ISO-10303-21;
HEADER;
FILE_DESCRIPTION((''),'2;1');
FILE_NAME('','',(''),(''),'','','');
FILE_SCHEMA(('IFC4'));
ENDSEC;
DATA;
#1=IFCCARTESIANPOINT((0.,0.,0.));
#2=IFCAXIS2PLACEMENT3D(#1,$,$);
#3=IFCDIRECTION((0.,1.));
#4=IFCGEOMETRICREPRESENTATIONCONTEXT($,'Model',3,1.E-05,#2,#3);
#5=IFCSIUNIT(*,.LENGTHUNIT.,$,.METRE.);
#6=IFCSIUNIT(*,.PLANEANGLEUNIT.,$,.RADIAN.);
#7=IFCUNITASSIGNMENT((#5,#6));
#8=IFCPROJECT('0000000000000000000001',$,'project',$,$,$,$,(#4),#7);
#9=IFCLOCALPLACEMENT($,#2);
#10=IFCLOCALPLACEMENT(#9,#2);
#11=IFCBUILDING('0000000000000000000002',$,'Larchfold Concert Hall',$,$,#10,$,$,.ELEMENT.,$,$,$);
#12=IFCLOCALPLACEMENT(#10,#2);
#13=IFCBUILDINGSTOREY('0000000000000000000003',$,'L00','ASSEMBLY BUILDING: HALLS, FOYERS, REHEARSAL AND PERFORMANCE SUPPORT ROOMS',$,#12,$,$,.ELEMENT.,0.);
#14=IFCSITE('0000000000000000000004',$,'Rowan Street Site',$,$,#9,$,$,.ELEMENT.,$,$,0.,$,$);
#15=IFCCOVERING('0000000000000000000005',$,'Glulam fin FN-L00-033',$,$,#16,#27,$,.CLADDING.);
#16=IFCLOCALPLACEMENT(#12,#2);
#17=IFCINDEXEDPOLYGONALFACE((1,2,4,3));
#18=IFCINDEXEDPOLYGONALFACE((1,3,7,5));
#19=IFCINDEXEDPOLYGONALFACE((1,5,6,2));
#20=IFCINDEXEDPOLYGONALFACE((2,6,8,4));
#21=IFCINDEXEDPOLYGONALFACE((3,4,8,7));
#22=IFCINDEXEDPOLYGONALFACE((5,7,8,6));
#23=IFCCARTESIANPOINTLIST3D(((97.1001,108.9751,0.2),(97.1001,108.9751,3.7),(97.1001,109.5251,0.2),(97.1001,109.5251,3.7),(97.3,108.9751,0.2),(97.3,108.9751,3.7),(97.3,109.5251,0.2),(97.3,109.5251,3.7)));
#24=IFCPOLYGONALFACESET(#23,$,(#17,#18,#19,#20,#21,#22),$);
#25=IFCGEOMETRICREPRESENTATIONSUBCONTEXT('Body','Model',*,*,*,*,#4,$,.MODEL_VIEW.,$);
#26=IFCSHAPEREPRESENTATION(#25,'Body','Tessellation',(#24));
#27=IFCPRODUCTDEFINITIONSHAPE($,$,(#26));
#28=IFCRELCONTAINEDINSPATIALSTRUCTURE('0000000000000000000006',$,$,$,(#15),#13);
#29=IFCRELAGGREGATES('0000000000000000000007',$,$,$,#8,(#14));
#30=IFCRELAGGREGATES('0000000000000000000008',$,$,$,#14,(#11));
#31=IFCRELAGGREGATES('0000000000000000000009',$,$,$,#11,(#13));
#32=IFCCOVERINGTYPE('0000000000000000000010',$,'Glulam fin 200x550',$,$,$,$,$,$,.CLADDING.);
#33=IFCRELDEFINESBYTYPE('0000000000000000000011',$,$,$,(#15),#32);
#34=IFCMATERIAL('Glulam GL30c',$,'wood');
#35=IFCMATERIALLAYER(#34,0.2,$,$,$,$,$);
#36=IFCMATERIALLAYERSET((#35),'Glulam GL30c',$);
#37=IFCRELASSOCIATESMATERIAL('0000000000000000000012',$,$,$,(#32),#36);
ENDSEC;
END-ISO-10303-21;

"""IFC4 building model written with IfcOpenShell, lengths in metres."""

from ifc_helpers import new_model, si_unit, direction, frame, origin, place, context, subcontext, project, spatial, polyline, outline, extrude, material, layer, layer_set, type_object, element, save


model = new_model("IFC4")

# Units and contexts
model_context = context("Model", 3, precision=1e-05, world=origin(), true_north=direction((0.0, 1.0)))
body_context = subcontext(model_context, "Body", "Model", "MODEL_VIEW")
ifc_project = project(units=[si_unit("LENGTHUNIT", "METRE"), si_unit("PLANEANGLEUNIT", "RADIAN")], contexts=[model_context])

# Site, building, storey
site_placement = place(None, origin())
site = spatial("IfcSite", under=ifc_project, at=site_placement, Name="Rowan Street Site", CompositionType="ELEMENT", RefElevation=0.0)
building_placement = place(site_placement, origin())
building = spatial("IfcBuilding", under=site, at=building_placement, Name="Larchfold Concert Hall", CompositionType="ELEMENT")
storey_placement = place(building_placement, origin())
storey = spatial("IfcBuildingStorey", under=building, at=storey_placement, Name="L00", Description="ASSEMBLY BUILDING: HALLS, FOYERS, REHEARSAL AND PERFORMANCE SUPPORT ROOMS", CompositionType="ELEMENT", Elevation=0.0)

# Covering
ifc_material_1 = material(Name="Glulam GL30c", Category="wood")
ifc_layer_1 = layer(ifc_material_1, 0.2)
ifc_layer_set_1 = layer_set([ifc_layer_1], Name="Glulam GL30c")
covering_type_1 = type_object("IfcCoveringType", Name="Glulam fin 200x550", PredefinedType="CLADDING", material=ifc_layer_set_1)
covering_1_placement = place(storey_placement, frame((0.0, 0.0, 0.2)))
element("IfcCovering", 1, at=covering_1_placement, inside=storey, type_object=covering_type_1, Name="Glulam fin FN-L00-033", PredefinedType="CLADDING", context=body_context, shape_type="SweptSolid", body=[
    extrude(outline(polyline([(97.3, 108.9751), (97.3, 109.5251), (97.1001, 109.5251), (97.1001, 108.9751), (97.3, 108.9751)])), origin(), (0.0, 0.0, 1.0), 3.5),
])

save(model, "model.ifc")
